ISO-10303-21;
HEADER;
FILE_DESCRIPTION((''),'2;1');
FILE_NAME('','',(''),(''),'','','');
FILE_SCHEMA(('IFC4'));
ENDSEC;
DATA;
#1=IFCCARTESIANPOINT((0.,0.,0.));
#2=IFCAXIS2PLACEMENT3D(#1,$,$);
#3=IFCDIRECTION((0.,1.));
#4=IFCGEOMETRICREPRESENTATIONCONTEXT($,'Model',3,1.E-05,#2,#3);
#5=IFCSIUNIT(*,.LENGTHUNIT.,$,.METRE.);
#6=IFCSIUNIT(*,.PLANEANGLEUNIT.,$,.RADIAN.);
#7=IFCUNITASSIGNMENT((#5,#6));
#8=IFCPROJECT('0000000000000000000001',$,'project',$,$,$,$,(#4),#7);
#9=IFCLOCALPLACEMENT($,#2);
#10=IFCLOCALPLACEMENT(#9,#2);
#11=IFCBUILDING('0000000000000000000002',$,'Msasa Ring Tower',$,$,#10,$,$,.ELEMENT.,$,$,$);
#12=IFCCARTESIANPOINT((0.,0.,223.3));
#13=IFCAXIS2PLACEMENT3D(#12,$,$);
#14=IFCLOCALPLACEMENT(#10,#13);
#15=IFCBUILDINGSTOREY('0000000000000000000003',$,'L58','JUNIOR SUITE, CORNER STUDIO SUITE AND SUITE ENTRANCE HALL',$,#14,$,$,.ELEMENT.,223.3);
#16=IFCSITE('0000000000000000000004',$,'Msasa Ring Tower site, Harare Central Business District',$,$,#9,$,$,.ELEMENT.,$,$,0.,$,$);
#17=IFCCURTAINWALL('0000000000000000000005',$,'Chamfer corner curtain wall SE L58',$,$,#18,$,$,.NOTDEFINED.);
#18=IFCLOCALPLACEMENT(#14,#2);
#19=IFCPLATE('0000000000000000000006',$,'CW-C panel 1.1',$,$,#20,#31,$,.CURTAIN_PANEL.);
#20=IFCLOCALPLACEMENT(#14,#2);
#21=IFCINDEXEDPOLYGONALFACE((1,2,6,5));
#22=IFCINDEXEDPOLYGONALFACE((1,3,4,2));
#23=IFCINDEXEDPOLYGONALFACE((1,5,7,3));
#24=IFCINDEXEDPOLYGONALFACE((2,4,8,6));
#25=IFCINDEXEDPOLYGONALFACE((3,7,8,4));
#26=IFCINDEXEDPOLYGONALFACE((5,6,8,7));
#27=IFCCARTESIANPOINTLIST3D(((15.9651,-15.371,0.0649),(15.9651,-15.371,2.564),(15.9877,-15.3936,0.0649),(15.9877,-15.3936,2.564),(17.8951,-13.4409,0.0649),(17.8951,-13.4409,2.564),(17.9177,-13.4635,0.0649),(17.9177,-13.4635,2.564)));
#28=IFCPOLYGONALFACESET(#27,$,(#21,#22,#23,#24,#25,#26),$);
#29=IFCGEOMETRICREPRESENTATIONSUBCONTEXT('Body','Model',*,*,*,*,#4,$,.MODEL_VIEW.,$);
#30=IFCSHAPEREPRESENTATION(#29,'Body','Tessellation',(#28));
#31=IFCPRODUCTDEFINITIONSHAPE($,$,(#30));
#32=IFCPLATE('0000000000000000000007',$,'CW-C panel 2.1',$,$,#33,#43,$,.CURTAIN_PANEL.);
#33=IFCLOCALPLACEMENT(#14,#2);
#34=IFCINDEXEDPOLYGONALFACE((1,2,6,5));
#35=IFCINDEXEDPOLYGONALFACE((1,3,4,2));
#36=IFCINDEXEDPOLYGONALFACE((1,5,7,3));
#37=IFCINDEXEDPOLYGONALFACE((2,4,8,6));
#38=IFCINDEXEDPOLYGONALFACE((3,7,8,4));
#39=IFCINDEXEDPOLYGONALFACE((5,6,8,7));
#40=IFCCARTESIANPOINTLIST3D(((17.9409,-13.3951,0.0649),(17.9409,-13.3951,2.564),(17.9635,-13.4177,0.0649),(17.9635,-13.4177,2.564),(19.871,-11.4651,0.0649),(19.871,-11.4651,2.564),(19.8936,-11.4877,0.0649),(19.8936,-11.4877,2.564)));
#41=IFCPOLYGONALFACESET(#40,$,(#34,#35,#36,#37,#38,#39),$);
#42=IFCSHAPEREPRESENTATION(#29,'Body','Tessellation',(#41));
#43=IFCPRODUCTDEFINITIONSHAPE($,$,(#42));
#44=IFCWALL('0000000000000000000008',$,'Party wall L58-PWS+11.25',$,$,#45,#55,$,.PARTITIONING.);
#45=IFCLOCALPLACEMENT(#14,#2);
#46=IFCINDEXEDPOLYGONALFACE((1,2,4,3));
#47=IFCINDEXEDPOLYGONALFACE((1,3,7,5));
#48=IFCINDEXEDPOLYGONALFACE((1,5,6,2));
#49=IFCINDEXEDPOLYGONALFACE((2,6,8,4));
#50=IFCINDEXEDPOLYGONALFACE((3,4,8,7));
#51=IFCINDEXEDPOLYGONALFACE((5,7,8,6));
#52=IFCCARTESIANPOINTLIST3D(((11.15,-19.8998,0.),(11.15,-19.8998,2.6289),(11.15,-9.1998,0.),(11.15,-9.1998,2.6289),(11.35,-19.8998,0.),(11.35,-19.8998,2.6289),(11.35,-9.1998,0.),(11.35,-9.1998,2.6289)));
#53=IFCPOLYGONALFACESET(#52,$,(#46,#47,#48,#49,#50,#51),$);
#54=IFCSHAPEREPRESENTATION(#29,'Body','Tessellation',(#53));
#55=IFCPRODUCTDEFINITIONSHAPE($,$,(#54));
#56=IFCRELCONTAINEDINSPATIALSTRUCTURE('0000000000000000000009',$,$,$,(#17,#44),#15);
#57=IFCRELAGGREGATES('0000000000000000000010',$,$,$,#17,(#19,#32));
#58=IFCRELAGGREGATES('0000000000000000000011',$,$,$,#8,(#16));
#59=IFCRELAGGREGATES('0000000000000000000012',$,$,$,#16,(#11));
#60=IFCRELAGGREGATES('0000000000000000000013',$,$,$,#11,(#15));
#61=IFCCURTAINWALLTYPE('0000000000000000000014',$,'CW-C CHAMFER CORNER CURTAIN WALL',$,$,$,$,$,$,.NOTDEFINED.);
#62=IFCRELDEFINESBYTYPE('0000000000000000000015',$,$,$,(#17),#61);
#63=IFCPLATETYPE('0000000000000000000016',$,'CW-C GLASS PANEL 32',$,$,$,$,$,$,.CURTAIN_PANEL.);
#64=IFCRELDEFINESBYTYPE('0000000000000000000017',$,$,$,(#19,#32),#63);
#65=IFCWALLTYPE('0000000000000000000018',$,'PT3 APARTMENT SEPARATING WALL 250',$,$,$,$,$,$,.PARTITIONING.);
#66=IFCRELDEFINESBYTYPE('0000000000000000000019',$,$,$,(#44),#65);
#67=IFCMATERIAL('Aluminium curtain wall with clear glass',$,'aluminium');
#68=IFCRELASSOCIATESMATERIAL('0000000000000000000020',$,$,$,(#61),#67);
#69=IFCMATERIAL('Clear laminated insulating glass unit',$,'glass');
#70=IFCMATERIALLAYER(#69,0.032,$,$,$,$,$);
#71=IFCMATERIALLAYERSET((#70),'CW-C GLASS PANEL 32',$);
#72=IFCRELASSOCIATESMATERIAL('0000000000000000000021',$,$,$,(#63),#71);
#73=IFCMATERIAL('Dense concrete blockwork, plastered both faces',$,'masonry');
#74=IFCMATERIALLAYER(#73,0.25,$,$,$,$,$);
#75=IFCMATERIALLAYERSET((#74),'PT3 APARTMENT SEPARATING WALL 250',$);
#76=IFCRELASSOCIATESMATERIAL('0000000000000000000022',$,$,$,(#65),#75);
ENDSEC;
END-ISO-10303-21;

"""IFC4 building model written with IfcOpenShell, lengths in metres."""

from ifc_helpers import new_model, si_unit, direction, frame, frame_2d, origin, origin_2d, place, context, subcontext, project, spatial, rectangle, extrude, material, layer, layer_set, type_object, element, aggregate, save


model = new_model("IFC4")

# Units and contexts
model_context = context("Model", 3, precision=1e-05, world=origin(), true_north=direction((0.0, 1.0)))
body_context = subcontext(model_context, "Body", "Model", "MODEL_VIEW")
ifc_project = project(units=[si_unit("LENGTHUNIT", "METRE"), si_unit("PLANEANGLEUNIT", "RADIAN")], contexts=[model_context])

# Site, building, storey
site_placement = place(None, origin())
site = spatial("IfcSite", under=ifc_project, at=site_placement, Name="Msasa Ring Tower site, Harare Central Business District", CompositionType="ELEMENT", RefElevation=0.0)
building_placement = place(site_placement, origin())
building = spatial("IfcBuilding", under=site, at=building_placement, Name="Msasa Ring Tower", CompositionType="ELEMENT")
storey_placement = place(building_placement, frame((0.0, 0.0, 223.3)))
storey = spatial("IfcBuildingStorey", under=building, at=storey_placement, Name="L58", Description="JUNIOR SUITE, CORNER STUDIO SUITE AND SUITE ENTRANCE HALL", CompositionType="ELEMENT", Elevation=223.3)

# Curtain wall
ifc_material_1 = material(Name="Aluminium curtain wall with clear glass", Category="aluminium")
curtain_wall_type = type_object("IfcCurtainWallType", Name="CW-C CHAMFER CORNER CURTAIN WALL", PredefinedType="NOTDEFINED", material=ifc_material_1)
curtain_wall_1_placement = place(storey_placement, origin())
curtain_wall_1 = element("IfcCurtainWall", 1, at=curtain_wall_1_placement, inside=storey, type_object=curtain_wall_type, Name="Chamfer corner curtain wall SE L58", PredefinedType="NOTDEFINED")

# Plates
ifc_material_2 = material(Name="Clear laminated insulating glass unit", Category="glass")
ifc_layer_1 = layer(ifc_material_2, 0.032)
ifc_layer_set_1 = layer_set([ifc_layer_1], Name="CW-C GLASS PANEL 32")
plate_type = type_object("IfcPlateType", Name="CW-C GLASS PANEL 32", PredefinedType="CURTAIN_PANEL", material=ifc_layer_set_1)
plate_1_placement = place(storey_placement, frame((16.9414, -14.4172, 0.0649), z_axis=(0.0, 0.0, 1.0), x_axis=(0.707107, 0.707107, 0.0)))
plate_1 = element("IfcPlate", 2, at=plate_1_placement, type_object=plate_type, Name="CW-C panel 1.1", PredefinedType="CURTAIN_PANEL", context=body_context, shape_type="SweptSolid", body=[
    extrude(rectangle(XDim=2.7295, YDim=0.032, at=origin_2d()), origin(), (0.0, 0.0, 1.0), 2.499),
])
plate_2_placement = place(storey_placement, frame((18.9172, -12.4414, 0.0649), z_axis=(0.0, 0.0, 1.0), x_axis=(0.707107, 0.707107, 0.0)))
plate_2 = element("IfcPlate", 3, at=plate_2_placement, type_object=plate_type, Name="CW-C panel 2.1", PredefinedType="CURTAIN_PANEL", context=body_context, shape_type="SweptSolid", body=[
    extrude(rectangle(XDim=2.7295, YDim=0.032, at=origin_2d()), origin(), (0.0, 0.0, 1.0), 2.499),
])
aggregate(curtain_wall_1, [plate_1, plate_2])

# Wall
ifc_material_3 = material(Name="Dense concrete blockwork, plastered both faces", Category="masonry")
ifc_layer_2 = layer(ifc_material_3, 0.25)
ifc_layer_set_2 = layer_set([ifc_layer_2], Name="PT3 APARTMENT SEPARATING WALL 250")
wall_type = type_object("IfcWallType", Name="PT3 APARTMENT SEPARATING WALL 250", PredefinedType="PARTITIONING", material=ifc_layer_set_2)
wall_placement = place(storey_placement, frame((11.25, -19.8999, 0.0), z_axis=(0.0, 0.0, 1.0), x_axis=(0.0, 1.0, 0.0)))
element("IfcWall", 4, at=wall_placement, inside=storey, type_object=wall_type, Name="Party wall L58-PWS+11.25", PredefinedType="PARTITIONING", context=body_context, shape_type="SweptSolid", body=[
    extrude(rectangle(XDim=10.7, YDim=0.2, at=frame_2d((5.3501, 0.0))), origin(), (0.0, 0.0, 1.0), 2.6289),
])

save(model, "model.ifc")
